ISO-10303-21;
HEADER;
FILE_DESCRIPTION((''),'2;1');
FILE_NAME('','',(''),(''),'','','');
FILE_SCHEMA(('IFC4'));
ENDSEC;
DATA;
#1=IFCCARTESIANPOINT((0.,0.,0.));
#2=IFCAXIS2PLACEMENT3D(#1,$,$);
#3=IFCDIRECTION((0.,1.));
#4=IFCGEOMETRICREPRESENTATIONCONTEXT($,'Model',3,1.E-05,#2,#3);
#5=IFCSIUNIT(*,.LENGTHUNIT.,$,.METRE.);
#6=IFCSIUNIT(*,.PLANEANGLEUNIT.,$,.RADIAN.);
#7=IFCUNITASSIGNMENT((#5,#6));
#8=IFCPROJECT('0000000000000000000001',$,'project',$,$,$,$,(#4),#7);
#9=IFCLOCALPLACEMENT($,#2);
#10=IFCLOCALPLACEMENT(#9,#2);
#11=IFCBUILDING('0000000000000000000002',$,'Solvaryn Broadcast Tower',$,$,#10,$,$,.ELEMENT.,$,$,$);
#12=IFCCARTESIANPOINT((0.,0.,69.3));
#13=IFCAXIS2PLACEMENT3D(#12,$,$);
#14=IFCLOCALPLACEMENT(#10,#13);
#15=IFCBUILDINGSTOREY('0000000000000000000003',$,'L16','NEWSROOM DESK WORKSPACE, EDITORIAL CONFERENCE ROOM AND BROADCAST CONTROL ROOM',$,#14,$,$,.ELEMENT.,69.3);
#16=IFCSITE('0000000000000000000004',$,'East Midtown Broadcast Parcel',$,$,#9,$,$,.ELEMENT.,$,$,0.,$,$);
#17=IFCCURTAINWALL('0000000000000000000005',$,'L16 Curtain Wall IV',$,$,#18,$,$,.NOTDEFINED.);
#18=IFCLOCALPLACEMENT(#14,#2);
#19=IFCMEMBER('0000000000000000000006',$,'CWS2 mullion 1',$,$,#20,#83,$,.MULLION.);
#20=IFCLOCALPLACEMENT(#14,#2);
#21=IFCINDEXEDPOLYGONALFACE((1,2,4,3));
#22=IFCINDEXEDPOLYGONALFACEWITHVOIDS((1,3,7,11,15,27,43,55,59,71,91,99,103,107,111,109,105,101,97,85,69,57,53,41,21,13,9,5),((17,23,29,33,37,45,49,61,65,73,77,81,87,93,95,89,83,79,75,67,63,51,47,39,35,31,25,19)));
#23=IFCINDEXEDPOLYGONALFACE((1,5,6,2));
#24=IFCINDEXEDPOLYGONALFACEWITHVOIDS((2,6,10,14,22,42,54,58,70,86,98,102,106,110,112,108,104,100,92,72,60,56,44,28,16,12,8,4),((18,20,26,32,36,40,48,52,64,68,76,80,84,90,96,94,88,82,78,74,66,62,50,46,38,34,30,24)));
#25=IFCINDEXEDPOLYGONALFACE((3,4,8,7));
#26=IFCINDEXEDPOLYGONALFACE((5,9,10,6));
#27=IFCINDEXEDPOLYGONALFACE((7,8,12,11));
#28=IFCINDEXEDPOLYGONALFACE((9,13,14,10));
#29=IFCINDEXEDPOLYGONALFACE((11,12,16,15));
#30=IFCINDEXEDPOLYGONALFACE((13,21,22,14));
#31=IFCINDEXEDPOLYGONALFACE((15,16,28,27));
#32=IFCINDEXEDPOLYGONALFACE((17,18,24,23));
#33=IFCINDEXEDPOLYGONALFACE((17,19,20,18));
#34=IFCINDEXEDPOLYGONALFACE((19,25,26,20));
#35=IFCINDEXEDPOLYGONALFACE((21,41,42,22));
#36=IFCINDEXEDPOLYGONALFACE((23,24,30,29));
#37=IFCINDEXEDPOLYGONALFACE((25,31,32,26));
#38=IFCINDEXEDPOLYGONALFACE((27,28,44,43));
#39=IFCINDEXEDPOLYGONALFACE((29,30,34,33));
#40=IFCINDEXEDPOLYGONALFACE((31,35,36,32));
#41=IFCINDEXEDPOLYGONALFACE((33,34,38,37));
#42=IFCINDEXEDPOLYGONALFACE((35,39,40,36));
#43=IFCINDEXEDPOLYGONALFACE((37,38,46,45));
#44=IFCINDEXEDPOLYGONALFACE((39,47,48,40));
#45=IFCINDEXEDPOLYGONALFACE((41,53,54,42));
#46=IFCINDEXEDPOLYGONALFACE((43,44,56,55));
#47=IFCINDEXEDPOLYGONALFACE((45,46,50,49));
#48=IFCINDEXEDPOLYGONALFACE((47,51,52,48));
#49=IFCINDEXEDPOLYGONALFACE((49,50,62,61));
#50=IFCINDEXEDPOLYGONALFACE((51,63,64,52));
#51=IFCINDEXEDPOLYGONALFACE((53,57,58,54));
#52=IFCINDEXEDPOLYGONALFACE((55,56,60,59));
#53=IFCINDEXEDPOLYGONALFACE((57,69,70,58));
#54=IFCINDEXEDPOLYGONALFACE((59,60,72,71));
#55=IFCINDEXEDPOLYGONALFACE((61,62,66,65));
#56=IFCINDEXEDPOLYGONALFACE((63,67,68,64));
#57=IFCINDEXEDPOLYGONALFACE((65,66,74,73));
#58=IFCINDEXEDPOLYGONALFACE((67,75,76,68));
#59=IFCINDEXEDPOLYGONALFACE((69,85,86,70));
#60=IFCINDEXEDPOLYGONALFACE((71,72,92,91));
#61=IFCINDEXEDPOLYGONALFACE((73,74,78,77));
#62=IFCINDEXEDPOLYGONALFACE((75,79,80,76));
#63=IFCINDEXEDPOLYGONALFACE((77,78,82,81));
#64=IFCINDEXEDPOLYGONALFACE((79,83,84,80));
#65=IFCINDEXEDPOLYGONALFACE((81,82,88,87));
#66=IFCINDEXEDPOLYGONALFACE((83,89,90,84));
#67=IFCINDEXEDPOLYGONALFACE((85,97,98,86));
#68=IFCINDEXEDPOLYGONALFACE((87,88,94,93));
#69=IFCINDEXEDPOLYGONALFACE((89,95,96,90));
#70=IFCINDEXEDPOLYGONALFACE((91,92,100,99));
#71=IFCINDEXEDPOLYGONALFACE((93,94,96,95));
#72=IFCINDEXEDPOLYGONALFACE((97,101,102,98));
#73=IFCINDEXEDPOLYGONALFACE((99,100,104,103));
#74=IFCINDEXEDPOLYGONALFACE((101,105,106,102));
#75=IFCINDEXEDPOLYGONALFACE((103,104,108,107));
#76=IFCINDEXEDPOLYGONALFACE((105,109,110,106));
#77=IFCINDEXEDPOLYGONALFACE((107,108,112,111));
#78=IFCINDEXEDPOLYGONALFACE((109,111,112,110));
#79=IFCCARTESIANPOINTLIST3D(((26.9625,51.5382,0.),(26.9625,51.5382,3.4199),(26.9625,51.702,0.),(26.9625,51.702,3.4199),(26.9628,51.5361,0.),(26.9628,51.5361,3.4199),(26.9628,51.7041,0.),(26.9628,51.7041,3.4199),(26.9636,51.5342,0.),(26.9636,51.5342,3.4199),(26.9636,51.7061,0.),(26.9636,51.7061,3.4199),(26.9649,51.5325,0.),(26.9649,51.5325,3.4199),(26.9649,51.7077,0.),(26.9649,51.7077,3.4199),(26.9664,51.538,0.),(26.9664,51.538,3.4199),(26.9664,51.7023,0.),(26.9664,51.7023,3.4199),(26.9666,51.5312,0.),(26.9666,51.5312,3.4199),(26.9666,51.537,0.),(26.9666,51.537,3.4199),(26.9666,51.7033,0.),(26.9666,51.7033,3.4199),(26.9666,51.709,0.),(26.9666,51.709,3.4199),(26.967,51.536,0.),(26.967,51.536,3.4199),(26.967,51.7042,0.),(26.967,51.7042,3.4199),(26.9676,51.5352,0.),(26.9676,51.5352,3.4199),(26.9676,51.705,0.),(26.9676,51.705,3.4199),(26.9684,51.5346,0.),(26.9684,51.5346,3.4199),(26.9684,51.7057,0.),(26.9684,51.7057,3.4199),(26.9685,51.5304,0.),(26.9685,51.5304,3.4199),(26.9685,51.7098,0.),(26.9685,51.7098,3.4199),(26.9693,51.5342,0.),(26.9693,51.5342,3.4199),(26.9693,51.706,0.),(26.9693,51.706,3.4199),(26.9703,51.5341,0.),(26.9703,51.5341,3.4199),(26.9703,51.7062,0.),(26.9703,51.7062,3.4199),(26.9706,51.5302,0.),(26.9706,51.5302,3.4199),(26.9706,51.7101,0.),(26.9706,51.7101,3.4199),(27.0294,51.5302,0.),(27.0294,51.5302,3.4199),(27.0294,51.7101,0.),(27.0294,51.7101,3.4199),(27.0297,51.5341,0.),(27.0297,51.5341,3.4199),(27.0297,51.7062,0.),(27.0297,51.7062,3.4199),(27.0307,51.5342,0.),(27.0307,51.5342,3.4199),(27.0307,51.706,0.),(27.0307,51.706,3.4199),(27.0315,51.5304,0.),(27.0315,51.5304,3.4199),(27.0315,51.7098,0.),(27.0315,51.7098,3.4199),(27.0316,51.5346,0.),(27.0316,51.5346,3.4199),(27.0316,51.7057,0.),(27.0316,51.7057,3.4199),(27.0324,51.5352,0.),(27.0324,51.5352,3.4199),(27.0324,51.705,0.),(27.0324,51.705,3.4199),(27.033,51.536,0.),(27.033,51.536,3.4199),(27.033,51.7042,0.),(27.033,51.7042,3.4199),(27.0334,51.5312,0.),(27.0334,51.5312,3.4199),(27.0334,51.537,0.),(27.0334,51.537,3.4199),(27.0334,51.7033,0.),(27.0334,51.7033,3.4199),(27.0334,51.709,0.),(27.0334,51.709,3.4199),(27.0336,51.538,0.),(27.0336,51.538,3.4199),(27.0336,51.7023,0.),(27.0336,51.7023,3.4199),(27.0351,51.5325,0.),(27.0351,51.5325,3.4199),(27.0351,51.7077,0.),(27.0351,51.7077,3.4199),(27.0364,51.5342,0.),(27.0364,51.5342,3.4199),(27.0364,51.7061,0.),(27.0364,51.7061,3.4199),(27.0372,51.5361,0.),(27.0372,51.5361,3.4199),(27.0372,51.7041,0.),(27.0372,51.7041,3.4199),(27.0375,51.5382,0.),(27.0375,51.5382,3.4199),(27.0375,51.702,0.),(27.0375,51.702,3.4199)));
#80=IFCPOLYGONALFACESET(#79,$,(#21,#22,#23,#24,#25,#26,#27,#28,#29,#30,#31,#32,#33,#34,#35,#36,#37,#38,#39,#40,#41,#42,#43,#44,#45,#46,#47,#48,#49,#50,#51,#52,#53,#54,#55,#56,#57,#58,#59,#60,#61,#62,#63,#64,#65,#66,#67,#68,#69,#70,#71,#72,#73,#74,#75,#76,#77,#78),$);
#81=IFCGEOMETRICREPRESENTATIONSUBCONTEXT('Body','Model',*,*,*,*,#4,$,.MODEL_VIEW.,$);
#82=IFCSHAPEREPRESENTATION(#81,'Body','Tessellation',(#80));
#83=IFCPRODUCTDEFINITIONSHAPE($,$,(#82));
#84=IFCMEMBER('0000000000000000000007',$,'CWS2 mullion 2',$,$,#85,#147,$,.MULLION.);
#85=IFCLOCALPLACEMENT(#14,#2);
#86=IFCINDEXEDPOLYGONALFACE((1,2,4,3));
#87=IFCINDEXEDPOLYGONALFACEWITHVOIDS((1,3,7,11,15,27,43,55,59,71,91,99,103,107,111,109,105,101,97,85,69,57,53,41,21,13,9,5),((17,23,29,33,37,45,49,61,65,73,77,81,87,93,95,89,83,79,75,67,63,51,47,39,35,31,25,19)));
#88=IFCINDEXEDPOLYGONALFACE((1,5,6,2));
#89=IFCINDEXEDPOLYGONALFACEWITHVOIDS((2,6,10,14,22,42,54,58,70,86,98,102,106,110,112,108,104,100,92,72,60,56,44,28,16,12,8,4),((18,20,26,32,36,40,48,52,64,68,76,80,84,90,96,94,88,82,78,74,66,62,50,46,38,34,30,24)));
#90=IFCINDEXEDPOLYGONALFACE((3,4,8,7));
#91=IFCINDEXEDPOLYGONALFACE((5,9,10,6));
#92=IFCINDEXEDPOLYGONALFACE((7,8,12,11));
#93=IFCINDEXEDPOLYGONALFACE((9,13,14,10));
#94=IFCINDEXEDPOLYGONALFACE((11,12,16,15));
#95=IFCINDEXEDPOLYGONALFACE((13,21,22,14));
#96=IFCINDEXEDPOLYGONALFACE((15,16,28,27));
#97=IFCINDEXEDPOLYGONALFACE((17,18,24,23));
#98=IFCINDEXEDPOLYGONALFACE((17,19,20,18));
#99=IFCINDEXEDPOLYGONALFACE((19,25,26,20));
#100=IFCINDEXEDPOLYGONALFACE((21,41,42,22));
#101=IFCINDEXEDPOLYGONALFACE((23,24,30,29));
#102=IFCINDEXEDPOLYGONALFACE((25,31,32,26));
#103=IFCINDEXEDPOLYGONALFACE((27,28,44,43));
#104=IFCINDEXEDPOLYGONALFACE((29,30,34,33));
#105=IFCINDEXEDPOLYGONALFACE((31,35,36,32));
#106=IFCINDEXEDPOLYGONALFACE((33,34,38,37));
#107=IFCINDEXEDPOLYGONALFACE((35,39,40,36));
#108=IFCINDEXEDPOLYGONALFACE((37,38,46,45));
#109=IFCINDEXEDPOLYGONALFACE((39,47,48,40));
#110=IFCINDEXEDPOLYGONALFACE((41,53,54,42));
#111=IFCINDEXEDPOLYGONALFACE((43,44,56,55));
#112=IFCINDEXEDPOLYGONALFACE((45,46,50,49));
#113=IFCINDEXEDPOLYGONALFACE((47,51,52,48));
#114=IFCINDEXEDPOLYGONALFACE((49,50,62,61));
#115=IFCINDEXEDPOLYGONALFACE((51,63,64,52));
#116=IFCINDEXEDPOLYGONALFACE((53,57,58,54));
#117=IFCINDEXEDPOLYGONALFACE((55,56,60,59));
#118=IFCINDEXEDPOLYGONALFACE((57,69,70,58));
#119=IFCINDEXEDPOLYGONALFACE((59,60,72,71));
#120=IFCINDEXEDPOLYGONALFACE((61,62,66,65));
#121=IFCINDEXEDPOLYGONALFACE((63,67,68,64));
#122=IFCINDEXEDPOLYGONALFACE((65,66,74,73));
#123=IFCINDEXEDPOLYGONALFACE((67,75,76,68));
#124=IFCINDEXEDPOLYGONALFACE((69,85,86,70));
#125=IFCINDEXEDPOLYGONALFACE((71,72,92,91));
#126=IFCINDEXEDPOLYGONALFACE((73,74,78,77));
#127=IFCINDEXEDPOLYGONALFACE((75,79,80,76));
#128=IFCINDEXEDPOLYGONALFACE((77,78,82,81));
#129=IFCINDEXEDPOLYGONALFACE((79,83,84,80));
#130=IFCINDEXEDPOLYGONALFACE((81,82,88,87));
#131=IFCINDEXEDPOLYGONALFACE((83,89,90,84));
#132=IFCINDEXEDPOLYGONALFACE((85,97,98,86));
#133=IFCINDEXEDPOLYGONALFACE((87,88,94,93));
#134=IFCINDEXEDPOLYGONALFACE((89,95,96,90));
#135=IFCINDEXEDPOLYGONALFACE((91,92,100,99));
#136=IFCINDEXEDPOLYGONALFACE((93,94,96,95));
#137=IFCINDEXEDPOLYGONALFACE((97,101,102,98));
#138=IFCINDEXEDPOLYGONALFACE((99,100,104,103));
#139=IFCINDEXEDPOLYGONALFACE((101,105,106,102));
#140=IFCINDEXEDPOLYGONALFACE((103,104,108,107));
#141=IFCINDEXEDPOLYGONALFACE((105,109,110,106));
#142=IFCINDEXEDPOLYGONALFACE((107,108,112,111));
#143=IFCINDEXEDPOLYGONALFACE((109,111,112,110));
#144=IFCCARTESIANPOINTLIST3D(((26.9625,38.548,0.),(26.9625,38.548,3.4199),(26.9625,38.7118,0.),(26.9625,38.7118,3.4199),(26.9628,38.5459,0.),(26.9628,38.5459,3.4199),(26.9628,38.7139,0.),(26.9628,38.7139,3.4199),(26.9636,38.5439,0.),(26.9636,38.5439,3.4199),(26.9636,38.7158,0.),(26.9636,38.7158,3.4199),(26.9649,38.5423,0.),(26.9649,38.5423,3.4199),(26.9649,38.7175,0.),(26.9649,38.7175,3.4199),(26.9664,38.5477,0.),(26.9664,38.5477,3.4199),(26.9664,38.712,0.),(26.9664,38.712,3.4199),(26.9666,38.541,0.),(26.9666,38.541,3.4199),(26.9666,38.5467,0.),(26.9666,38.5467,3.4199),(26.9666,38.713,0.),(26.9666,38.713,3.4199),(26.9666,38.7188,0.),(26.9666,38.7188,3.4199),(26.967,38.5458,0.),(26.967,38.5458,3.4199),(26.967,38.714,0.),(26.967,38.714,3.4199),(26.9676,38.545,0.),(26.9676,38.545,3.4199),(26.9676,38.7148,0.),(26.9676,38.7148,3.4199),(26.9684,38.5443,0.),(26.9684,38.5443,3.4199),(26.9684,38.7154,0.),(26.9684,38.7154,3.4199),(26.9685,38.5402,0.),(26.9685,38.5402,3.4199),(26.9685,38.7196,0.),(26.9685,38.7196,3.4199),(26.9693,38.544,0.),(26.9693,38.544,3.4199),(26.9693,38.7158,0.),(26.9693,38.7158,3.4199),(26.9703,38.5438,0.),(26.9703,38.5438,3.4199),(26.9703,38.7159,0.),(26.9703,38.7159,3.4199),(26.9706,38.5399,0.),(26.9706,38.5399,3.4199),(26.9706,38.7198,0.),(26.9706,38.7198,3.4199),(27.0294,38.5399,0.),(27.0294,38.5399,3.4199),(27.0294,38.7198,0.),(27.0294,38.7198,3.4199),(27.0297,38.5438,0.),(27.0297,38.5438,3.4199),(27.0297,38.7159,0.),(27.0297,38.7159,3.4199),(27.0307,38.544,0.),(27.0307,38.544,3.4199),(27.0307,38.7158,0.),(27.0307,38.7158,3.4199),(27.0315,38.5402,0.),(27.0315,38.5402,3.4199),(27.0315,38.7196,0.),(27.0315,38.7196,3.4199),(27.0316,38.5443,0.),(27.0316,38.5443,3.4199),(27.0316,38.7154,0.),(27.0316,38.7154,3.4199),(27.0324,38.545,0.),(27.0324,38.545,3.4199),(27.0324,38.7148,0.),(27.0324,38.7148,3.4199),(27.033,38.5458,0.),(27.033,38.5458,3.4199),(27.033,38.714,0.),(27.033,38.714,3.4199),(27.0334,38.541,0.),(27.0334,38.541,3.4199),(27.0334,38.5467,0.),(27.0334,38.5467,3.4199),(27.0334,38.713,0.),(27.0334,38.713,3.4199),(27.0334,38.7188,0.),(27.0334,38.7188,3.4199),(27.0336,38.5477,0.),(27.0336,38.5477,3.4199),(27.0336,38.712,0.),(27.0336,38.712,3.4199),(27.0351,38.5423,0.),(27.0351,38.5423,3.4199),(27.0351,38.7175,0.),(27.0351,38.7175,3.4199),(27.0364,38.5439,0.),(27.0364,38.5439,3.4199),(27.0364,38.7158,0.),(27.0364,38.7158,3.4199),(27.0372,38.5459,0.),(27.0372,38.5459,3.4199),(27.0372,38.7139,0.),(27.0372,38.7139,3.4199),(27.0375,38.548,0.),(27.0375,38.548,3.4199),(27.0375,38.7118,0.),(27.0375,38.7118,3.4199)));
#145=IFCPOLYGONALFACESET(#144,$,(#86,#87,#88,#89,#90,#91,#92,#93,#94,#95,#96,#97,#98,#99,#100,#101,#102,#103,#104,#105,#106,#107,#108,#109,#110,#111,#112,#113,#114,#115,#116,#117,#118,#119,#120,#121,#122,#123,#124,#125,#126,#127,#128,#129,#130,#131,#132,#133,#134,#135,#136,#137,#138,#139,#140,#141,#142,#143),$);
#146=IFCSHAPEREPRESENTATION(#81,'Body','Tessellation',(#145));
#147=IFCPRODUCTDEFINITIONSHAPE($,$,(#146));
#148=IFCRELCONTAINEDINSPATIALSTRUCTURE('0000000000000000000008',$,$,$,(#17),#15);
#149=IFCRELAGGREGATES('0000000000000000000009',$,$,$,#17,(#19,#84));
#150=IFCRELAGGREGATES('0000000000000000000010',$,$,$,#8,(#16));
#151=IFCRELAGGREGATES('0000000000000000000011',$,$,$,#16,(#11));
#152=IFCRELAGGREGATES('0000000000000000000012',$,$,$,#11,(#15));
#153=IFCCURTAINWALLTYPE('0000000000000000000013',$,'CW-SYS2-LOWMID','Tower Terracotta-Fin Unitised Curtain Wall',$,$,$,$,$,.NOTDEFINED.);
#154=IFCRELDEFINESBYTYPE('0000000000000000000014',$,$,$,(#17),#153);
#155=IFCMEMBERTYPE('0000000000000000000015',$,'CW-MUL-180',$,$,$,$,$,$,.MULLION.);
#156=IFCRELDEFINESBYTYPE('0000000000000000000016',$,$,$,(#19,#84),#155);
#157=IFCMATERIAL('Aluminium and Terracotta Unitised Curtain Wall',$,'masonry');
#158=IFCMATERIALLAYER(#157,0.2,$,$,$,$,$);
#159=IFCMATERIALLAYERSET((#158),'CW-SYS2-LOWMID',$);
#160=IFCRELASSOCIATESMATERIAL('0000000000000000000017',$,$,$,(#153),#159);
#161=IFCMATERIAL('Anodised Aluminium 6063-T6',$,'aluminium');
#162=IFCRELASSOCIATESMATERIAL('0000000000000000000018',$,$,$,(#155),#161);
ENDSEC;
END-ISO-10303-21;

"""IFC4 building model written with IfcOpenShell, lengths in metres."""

from ifc_helpers import new_model, si_unit, direction, frame, origin, origin_2d, place, context, subcontext, project, spatial, hollow_rectangle, extrude, material, layer, layer_set, material_profile, profile_set, type_object, element, aggregate, save


model = new_model("IFC4")

# Units and contexts
model_context = context("Model", 3, precision=1e-05, world=origin(), true_north=direction((0.0, 1.0)))
body_context = subcontext(model_context, "Body", "Model", "MODEL_VIEW")
ifc_project = project(units=[si_unit("LENGTHUNIT", "METRE"), si_unit("PLANEANGLEUNIT", "RADIAN")], contexts=[model_context])

# Site, building, storey
site_placement = place(None, origin())
site = spatial("IfcSite", under=ifc_project, at=site_placement, Name="East Midtown Broadcast Parcel", CompositionType="ELEMENT", RefElevation=0.0)
building_placement = place(site_placement, origin())
building = spatial("IfcBuilding", under=site, at=building_placement, Name="Solvaryn Broadcast Tower", CompositionType="ELEMENT")
storey_placement = place(building_placement, frame((0.0, 0.0, 69.3)))
storey = spatial("IfcBuildingStorey", under=building, at=storey_placement, Name="L16", Description="NEWSROOM DESK WORKSPACE, EDITORIAL CONFERENCE ROOM AND BROADCAST CONTROL ROOM", CompositionType="ELEMENT", Elevation=69.3)

# Curtain wall, members
ifc_material_1 = material(Name="Aluminium and Terracotta Unitised Curtain Wall", Category="masonry")
ifc_layer_1 = layer(ifc_material_1, 0.2)
ifc_layer_set_1 = layer_set([ifc_layer_1], Name="CW-SYS2-LOWMID")
curtain_wall_type = type_object("IfcCurtainWallType", Name="CW-SYS2-LOWMID", Description="Tower Terracotta-Fin Unitised Curtain Wall", PredefinedType="NOTDEFINED", material=ifc_layer_set_1)
curtain_wall_1_placement = place(storey_placement, origin())
curtain_wall_1 = element("IfcCurtainWall", 1, at=curtain_wall_1_placement, inside=storey, type_object=curtain_wall_type, Name="L16 Curtain Wall IV", PredefinedType="NOTDEFINED")
ifc_material_2 = material(Name="Anodised Aluminium 6063-T6", Category="aluminium")
ifc_material_profile_1 = material_profile(ifc_material_2, hollow_rectangle(XDim=0.075, YDim=0.1799, WallThickness=0.0039, InnerFilletRadius=0.0039, OuterFilletRadius=0.0081, at=origin_2d()))
ifc_profile_set_1 = profile_set([ifc_material_profile_1], Name="Anodised Aluminium 6063-T6")
member_type_1 = type_object("IfcMemberType", Name="CW-MUL-180", PredefinedType="MULLION", material=ifc_profile_set_1)
member_1_placement = place(storey_placement, frame((27.0, 51.6201, 0.0), z_axis=(0.0, 0.0, 1.0), x_axis=(1.0, 0.0, 0.0)))
member_1 = element("IfcMember", 2, at=member_1_placement, type_object=member_type_1, Name="CWS2 mullion 1", PredefinedType="MULLION", context=body_context, shape_type="SweptSolid", body=[
    extrude(hollow_rectangle(XDim=0.075, YDim=0.1799, WallThickness=0.0039, InnerFilletRadius=0.0039, OuterFilletRadius=0.0081, at=origin_2d()), origin(), (0.0, 0.0, 1.0), 3.4199),
])
member_2_placement = place(storey_placement, frame((27.0, 38.6299, 0.0), z_axis=(0.0, 0.0, 1.0), x_axis=(1.0, 0.0, 0.0)))
member_2 = element("IfcMember", 3, at=member_2_placement, type_object=member_type_1, Name="CWS2 mullion 2", PredefinedType="MULLION", context=body_context, shape_type="SweptSolid", body=[
    extrude(hollow_rectangle(XDim=0.075, YDim=0.1799, WallThickness=0.0039, InnerFilletRadius=0.0039, OuterFilletRadius=0.0081, at=origin_2d()), origin(), (0.0, 0.0, 1.0), 3.4199),
])

aggregate(curtain_wall_1, [member_1, member_2])

save(model, "model.ifc")
